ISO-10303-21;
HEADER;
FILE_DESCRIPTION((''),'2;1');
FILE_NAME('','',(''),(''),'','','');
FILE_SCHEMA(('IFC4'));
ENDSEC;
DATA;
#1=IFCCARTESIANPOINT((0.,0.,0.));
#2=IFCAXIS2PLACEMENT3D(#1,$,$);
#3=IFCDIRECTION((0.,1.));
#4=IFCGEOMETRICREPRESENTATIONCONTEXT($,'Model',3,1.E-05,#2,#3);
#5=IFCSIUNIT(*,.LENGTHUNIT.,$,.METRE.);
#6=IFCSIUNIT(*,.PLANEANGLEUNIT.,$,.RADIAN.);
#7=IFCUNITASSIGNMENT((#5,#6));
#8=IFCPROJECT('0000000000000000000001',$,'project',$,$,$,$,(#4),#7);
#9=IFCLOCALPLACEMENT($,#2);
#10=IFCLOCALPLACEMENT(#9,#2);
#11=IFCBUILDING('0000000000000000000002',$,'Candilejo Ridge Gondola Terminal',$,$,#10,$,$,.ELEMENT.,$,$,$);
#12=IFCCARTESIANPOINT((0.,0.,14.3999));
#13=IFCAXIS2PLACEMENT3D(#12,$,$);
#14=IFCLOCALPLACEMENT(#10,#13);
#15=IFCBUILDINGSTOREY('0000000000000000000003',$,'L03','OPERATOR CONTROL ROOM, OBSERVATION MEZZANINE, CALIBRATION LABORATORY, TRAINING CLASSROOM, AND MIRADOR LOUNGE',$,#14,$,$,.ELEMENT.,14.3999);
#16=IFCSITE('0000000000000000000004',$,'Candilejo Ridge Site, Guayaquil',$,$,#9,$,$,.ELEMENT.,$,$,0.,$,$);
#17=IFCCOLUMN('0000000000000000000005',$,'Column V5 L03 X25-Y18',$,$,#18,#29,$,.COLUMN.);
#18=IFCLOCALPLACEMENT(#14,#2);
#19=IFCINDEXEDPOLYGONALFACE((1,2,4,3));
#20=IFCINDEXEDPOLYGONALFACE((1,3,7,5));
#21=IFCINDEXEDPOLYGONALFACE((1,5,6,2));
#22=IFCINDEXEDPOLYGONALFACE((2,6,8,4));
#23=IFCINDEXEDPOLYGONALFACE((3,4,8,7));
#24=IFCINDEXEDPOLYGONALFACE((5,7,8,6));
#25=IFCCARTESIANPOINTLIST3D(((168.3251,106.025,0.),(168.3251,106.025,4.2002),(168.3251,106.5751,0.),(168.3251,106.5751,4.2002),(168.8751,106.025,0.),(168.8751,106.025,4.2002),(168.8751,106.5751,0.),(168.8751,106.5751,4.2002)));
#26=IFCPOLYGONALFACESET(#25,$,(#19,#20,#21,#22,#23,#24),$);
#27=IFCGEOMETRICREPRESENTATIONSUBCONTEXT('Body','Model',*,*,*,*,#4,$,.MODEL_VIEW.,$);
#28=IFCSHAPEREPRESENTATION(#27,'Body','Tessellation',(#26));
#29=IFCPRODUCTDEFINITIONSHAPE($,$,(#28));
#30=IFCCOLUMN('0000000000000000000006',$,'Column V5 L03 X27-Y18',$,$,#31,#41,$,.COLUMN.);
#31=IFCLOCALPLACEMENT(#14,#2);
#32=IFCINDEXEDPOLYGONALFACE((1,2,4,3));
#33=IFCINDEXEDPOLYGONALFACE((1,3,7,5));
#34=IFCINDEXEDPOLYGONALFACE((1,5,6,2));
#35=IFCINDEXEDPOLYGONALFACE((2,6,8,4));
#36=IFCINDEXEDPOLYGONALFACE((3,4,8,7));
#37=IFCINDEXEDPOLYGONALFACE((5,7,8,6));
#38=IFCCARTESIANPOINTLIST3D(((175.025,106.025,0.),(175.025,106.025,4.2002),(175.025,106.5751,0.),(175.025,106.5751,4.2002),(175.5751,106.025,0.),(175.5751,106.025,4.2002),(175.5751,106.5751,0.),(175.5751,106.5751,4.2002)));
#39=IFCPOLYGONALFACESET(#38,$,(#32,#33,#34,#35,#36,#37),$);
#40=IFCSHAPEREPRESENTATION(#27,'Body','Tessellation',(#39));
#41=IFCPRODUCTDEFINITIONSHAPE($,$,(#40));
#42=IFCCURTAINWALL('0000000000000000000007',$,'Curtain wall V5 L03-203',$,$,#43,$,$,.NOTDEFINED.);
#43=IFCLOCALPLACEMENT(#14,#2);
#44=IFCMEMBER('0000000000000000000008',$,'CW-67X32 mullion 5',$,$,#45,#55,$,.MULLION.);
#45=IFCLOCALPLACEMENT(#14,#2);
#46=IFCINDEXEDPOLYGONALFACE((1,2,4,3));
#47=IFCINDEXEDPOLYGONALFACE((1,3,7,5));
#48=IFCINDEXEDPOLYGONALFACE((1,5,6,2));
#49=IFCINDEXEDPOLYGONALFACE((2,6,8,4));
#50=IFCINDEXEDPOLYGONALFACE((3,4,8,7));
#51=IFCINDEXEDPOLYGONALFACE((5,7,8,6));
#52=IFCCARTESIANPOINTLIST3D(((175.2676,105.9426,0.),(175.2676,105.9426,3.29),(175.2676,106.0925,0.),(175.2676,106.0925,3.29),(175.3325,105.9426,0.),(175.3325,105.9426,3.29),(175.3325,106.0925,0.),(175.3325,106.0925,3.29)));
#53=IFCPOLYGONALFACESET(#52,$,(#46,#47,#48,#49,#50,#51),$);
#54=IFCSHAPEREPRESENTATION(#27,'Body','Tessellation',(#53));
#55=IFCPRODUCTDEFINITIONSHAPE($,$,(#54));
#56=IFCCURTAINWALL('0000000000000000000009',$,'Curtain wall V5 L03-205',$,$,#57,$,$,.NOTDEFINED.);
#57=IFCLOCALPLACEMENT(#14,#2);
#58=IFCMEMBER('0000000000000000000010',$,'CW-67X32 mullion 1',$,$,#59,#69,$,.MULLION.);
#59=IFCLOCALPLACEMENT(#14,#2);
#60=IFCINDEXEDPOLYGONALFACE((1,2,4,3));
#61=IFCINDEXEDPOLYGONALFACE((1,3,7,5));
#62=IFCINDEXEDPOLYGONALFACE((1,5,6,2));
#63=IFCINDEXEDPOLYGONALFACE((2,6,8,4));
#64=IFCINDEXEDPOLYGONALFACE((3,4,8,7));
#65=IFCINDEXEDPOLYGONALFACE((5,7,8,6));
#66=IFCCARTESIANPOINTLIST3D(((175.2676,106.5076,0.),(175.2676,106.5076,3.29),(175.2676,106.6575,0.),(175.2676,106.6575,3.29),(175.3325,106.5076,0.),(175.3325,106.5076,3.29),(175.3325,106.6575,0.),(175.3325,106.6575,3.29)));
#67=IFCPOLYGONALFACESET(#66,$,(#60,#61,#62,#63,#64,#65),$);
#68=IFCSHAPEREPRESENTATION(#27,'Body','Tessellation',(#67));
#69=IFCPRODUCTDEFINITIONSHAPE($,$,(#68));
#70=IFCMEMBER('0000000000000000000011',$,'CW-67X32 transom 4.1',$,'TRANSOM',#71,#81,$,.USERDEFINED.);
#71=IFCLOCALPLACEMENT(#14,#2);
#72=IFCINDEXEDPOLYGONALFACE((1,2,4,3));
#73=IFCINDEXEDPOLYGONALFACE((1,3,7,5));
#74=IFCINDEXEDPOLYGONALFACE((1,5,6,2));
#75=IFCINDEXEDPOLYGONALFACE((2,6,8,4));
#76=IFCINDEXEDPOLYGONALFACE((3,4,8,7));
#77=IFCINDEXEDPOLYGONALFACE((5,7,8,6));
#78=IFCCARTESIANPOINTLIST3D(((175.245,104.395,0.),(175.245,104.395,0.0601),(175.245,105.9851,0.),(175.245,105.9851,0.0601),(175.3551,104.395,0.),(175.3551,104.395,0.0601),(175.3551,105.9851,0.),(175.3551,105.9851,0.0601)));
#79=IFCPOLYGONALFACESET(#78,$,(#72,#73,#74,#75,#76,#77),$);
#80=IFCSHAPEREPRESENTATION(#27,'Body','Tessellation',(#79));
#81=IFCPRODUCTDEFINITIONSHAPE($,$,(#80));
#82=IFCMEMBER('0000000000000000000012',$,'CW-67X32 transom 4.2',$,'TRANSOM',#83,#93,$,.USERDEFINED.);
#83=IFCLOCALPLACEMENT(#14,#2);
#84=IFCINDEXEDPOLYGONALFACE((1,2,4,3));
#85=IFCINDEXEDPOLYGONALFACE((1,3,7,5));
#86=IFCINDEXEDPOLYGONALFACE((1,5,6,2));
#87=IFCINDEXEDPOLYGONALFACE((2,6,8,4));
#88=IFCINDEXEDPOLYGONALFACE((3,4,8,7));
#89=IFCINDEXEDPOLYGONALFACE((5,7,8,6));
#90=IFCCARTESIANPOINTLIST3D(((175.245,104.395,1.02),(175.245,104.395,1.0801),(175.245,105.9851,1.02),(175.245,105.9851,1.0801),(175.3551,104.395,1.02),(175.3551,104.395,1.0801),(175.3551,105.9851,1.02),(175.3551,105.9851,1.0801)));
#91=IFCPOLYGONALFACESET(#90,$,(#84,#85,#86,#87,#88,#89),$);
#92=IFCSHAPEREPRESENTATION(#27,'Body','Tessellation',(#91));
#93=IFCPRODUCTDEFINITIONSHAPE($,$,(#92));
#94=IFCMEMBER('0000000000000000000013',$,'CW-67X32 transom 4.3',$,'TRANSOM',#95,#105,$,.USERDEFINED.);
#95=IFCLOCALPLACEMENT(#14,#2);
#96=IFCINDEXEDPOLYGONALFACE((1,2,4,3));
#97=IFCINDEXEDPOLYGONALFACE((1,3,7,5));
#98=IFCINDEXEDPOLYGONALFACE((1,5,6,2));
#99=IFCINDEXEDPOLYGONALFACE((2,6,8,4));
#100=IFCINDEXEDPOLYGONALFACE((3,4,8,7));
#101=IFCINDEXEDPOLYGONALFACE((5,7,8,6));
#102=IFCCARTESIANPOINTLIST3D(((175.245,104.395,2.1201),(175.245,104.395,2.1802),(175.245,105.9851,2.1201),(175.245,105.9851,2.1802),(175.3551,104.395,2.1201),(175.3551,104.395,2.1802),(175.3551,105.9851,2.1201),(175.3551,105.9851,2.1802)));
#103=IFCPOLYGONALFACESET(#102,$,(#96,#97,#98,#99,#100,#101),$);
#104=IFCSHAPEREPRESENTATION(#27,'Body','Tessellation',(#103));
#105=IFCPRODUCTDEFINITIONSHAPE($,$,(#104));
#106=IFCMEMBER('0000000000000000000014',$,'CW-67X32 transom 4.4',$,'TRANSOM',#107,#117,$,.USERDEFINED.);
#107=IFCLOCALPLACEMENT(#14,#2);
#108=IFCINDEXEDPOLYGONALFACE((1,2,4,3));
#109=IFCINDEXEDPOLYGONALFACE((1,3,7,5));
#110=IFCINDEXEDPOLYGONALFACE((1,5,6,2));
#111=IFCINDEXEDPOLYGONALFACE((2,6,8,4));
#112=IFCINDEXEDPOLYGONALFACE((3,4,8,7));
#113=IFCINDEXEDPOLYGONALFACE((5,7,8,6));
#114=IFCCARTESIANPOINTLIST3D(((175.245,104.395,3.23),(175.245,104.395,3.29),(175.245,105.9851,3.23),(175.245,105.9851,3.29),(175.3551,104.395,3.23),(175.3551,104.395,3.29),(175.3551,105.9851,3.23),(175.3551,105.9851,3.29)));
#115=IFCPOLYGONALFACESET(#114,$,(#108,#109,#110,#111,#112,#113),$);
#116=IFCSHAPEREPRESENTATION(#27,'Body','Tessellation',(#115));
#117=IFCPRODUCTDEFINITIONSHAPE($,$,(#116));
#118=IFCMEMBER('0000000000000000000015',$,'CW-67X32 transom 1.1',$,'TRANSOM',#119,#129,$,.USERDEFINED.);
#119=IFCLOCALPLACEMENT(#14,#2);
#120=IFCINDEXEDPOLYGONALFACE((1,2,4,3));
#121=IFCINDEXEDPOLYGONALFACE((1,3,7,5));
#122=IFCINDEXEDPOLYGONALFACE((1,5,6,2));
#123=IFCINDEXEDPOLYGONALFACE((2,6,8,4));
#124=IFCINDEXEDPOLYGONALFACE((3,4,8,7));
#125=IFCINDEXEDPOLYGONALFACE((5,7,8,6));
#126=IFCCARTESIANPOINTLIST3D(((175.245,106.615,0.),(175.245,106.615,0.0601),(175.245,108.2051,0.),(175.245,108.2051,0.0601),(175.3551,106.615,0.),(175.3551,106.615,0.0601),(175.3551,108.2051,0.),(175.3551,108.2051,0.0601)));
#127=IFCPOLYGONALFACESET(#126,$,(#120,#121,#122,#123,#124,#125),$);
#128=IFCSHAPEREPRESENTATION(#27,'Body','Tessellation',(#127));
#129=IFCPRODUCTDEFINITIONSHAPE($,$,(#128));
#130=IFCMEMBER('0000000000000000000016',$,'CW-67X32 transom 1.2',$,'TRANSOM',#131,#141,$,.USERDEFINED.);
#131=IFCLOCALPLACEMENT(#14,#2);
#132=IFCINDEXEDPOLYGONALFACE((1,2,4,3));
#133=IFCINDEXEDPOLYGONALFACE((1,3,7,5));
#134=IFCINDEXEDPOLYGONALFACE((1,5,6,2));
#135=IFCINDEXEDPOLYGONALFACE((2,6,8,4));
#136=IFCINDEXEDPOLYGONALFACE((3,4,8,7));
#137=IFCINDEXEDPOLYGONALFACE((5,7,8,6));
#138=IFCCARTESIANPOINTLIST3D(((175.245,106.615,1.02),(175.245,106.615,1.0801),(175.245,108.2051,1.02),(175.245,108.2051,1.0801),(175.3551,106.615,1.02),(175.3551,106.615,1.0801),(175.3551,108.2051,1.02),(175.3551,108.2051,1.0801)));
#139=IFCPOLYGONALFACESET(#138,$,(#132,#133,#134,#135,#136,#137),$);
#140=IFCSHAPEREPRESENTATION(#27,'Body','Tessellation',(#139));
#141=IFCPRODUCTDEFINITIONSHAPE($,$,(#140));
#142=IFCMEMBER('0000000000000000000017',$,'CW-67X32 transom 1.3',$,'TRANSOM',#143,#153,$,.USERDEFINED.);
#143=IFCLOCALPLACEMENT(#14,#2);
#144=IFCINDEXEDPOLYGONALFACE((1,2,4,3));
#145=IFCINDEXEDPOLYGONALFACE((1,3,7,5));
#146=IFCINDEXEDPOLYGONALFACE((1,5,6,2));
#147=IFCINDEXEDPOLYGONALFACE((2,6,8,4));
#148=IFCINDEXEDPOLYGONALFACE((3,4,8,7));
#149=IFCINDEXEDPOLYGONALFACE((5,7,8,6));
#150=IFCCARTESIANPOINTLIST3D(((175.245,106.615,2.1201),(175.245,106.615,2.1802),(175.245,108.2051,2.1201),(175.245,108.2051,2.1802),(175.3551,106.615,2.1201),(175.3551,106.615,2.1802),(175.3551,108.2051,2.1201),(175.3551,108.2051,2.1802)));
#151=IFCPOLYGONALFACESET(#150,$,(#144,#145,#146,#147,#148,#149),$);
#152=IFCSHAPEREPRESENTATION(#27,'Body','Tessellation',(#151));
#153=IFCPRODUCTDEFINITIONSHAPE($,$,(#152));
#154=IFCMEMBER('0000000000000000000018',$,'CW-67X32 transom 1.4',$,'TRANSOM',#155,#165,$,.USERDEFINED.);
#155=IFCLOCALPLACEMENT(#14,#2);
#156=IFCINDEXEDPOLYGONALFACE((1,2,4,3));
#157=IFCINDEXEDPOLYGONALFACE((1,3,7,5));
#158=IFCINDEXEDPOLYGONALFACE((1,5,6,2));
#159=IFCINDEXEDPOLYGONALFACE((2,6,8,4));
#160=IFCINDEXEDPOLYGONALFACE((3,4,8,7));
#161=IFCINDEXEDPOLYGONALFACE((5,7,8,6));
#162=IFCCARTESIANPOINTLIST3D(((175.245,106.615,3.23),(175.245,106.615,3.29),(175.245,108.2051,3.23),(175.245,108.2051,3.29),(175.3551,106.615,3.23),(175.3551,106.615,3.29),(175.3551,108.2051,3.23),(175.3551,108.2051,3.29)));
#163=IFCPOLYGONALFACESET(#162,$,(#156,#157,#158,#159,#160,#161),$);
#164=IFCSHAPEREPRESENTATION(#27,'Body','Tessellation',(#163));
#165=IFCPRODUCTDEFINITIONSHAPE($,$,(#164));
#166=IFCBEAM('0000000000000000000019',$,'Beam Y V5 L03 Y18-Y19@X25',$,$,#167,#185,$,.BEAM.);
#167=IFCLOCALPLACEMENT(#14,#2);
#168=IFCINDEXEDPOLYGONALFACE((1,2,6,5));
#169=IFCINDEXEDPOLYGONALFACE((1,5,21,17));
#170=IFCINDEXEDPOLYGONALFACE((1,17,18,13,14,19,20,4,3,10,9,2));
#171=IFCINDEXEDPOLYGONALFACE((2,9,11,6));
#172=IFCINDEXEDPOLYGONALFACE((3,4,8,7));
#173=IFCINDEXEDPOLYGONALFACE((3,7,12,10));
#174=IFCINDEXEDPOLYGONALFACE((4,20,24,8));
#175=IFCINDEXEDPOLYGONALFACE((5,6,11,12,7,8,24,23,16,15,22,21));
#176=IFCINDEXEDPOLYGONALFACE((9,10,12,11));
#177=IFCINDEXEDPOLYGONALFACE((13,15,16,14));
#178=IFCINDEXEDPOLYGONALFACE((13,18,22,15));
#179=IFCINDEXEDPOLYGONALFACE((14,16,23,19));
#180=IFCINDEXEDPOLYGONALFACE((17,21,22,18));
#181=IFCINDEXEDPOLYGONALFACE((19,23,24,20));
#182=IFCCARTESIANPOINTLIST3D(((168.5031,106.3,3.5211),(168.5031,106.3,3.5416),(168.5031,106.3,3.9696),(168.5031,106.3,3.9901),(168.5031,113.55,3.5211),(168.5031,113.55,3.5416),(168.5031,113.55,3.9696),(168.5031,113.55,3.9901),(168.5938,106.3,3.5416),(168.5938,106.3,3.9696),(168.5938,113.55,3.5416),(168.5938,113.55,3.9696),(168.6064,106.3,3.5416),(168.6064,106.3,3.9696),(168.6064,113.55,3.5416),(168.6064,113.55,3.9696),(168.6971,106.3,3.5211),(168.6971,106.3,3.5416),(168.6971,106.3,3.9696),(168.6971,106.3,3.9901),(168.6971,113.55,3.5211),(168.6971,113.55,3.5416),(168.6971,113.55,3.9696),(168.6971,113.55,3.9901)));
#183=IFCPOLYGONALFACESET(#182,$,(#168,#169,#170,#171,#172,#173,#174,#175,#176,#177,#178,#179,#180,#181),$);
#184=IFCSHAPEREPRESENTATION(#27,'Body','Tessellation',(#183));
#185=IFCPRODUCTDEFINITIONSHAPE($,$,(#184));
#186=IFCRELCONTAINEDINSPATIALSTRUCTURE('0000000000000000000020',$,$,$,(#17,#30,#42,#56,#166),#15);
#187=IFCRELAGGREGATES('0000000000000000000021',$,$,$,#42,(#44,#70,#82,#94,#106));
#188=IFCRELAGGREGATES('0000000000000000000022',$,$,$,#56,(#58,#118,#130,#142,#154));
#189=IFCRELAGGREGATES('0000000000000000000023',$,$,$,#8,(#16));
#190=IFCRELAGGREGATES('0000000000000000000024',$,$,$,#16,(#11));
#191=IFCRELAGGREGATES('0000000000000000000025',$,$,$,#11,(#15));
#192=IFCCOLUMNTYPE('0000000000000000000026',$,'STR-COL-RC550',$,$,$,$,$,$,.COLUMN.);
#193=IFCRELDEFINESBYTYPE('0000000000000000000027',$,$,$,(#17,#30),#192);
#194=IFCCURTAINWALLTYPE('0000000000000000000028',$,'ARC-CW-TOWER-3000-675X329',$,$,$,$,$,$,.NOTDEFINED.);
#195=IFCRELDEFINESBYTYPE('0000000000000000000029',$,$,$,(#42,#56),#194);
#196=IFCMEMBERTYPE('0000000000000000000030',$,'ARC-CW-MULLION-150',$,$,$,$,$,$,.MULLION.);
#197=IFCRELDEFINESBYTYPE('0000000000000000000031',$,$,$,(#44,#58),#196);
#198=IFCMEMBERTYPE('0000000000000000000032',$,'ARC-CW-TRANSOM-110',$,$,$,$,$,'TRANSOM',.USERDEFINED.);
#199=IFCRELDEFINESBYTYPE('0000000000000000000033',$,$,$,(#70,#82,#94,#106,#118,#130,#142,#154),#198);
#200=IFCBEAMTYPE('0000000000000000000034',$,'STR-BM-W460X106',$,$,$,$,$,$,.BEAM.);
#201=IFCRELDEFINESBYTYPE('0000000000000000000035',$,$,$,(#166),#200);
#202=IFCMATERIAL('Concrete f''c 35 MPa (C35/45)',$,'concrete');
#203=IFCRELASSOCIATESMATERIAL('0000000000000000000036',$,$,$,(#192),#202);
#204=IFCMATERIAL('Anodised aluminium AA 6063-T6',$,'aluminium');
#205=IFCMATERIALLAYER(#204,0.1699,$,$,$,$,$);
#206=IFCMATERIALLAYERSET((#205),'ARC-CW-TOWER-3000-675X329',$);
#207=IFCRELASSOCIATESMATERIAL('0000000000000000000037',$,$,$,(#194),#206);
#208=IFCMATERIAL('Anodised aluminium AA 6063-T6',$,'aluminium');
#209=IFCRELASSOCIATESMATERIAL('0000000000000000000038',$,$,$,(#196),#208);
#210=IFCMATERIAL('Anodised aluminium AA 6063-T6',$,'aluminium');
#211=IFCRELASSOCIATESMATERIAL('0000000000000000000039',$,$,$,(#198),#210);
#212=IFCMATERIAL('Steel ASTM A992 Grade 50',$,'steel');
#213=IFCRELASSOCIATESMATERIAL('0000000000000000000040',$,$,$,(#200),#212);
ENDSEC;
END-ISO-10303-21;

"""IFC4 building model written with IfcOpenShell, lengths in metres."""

from ifc_helpers import new_model, si_unit, direction, frame, origin, origin_2d, place, context, subcontext, project, spatial, rectangle, i_section, extrude, material, layer, layer_set, material_profile, profile_set, type_object, element, aggregate, save


model = new_model("IFC4")

# Units and contexts
model_context = context("Model", 3, precision=1e-05, world=origin(), true_north=direction((0.0, 1.0)))
body_context = subcontext(model_context, "Body", "Model", "MODEL_VIEW")
ifc_project = project(units=[si_unit("LENGTHUNIT", "METRE"), si_unit("PLANEANGLEUNIT", "RADIAN")], contexts=[model_context])

# Site, building, storey
site_placement = place(None, origin())
site = spatial("IfcSite", under=ifc_project, at=site_placement, Name="Candilejo Ridge Site, Guayaquil", CompositionType="ELEMENT", RefElevation=0.0)
building_placement = place(site_placement, origin())
building = spatial("IfcBuilding", under=site, at=building_placement, Name="Candilejo Ridge Gondola Terminal", CompositionType="ELEMENT")
storey_placement = place(building_placement, frame((0.0, 0.0, 14.3999)))
storey = spatial("IfcBuildingStorey", under=building, at=storey_placement, Name="L03", Description="OPERATOR CONTROL ROOM, OBSERVATION MEZZANINE, CALIBRATION LABORATORY, TRAINING CLASSROOM, AND MIRADOR LOUNGE", CompositionType="ELEMENT", Elevation=14.3999)

# Columns
ifc_material_1 = material(Name="Concrete f'c 35 MPa (C35/45)", Category="concrete")
ifc_material_profile_1 = material_profile(ifc_material_1, rectangle(XDim=0.55, YDim=0.55, at=origin_2d()))
ifc_profile_set_1 = profile_set([ifc_material_profile_1], Name="Concrete f'c 35 MPa (C35/45)")
column_type = type_object("IfcColumnType", Name="STR-COL-RC550", PredefinedType="COLUMN", material=ifc_profile_set_1)
for number, where, z_axis, x_axis, name in (
    (1, (168.6001, 106.3, 0.0), (0.0, 0.0, 1.0), (1.0, 0.0, 0.0), "Column V5 L03 X25-Y18"),
    (2, (175.3, 106.3, 0.0), (0.0, 0.0, 1.0), (1.0, 0.0, 0.0), "Column V5 L03 X27-Y18"),
):
    element("IfcColumn", number, at=place(storey_placement, frame(where, z_axis=z_axis, x_axis=x_axis)), inside=storey, type_object=column_type, Name=name, PredefinedType="COLUMN", context=body_context, shape_type="SweptSolid", body=[
        extrude(rectangle(XDim=0.55, YDim=0.55, at=origin_2d()), origin(), (0.0, 0.0, 1.0), 4.2002),
    ])

# Curtain walls, members
ifc_material_2 = material(Name="Anodised aluminium AA 6063-T6", Category="aluminium")
ifc_layer_1 = layer(ifc_material_2, 0.1699)
ifc_layer_set_1 = layer_set([ifc_layer_1], Name="ARC-CW-TOWER-3000-675X329")
curtain_wall_type = type_object("IfcCurtainWallType", Name="ARC-CW-TOWER-3000-675X329", PredefinedType="NOTDEFINED", material=ifc_layer_set_1)
curtain_wall_1_placement = place(storey_placement, origin())
curtain_wall_1 = element("IfcCurtainWall", 3, at=curtain_wall_1_placement, inside=storey, type_object=curtain_wall_type, Name="Curtain wall V5 L03-203", PredefinedType="NOTDEFINED")
ifc_material_3 = material(Name="Anodised aluminium AA 6063-T6", Category="aluminium")
ifc_material_profile_2 = material_profile(ifc_material_3, rectangle(XDim=0.0649, YDim=0.1499, at=origin_2d()))
ifc_profile_set_2 = profile_set([ifc_material_profile_2], Name="Anodised aluminium AA 6063-T6")
member_type_1 = type_object("IfcMemberType", Name="ARC-CW-MULLION-150", PredefinedType="MULLION", material=ifc_profile_set_2)
member_1_placement = place(storey_placement, frame((175.3, 106.0176, 0.0), z_axis=(0.0, 0.0, 1.0), x_axis=(-1.0, 0.0, 0.0)))
member_1 = element("IfcMember", 4, at=member_1_placement, type_object=member_type_1, Name="CW-67X32 mullion 5", PredefinedType="MULLION", context=body_context, shape_type="SweptSolid", body=[
    extrude(rectangle(XDim=0.0649, YDim=0.1499, at=origin_2d()), origin(), (0.0, 0.0, 1.0), 3.29),
])
curtain_wall_2_placement = place(storey_placement, origin())
curtain_wall_2 = element("IfcCurtainWall", 5, at=curtain_wall_2_placement, inside=storey, type_object=curtain_wall_type, Name="Curtain wall V5 L03-205", PredefinedType="NOTDEFINED")
member_2_placement = place(storey_placement, frame((175.3, 106.5825, 0.0), z_axis=(0.0, 0.0, 1.0), x_axis=(-1.0, 0.0, 0.0)))
member_2 = element("IfcMember", 6, at=member_2_placement, type_object=member_type_1, Name="CW-67X32 mullion 1", PredefinedType="MULLION", context=body_context, shape_type="SweptSolid", body=[
    extrude(rectangle(XDim=0.0649, YDim=0.1499, at=origin_2d()), origin(), (0.0, 0.0, 1.0), 3.29),
])

# Members
ifc_material_4 = material(Name="Anodised aluminium AA 6063-T6", Category="aluminium")
ifc_material_profile_3 = material_profile(ifc_material_4, rectangle(XDim=0.1101, YDim=0.0601, at=origin_2d()))
ifc_profile_set_3 = profile_set([ifc_material_profile_3], Name="Anodised aluminium AA 6063-T6")
member_type_2 = type_object("IfcMemberType", Name="ARC-CW-TRANSOM-110", ElementType="TRANSOM", PredefinedType="USERDEFINED", material=ifc_profile_set_3)
member_3_placement = place(storey_placement, frame((175.3, 104.395, 0.03), z_axis=(0.0, 1.0, 0.0), x_axis=(-1.0, 0.0, 0.0)))
member_3 = element("IfcMember", 7, at=member_3_placement, type_object=member_type_2, Name="CW-67X32 transom 4.1", ObjectType="TRANSOM", PredefinedType="USERDEFINED", context=body_context, shape_type="SweptSolid", body=[
    extrude(rectangle(XDim=0.1101, YDim=0.0601, at=origin_2d()), origin(), (0.0, 0.0, 1.0), 1.5901),
])
member_4_placement = place(storey_placement, frame((175.3, 104.395, 1.05), z_axis=(0.0, 1.0, 0.0), x_axis=(-1.0, 0.0, 0.0)))
member_4 = element("IfcMember", 8, at=member_4_placement, type_object=member_type_2, Name="CW-67X32 transom 4.2", ObjectType="TRANSOM", PredefinedType="USERDEFINED", context=body_context, shape_type="SweptSolid", body=[
    extrude(rectangle(XDim=0.1101, YDim=0.0601, at=origin_2d()), origin(), (0.0, 0.0, 1.0), 1.5901),
])
member_5_placement = place(storey_placement, frame((175.3, 104.395, 2.1501), z_axis=(0.0, 1.0, 0.0), x_axis=(-1.0, 0.0, 0.0)))
member_5 = element("IfcMember", 9, at=member_5_placement, type_object=member_type_2, Name="CW-67X32 transom 4.3", ObjectType="TRANSOM", PredefinedType="USERDEFINED", context=body_context, shape_type="SweptSolid", body=[
    extrude(rectangle(XDim=0.1101, YDim=0.0601, at=origin_2d()), origin(), (0.0, 0.0, 1.0), 1.5901),
])
member_6_placement = place(storey_placement, frame((175.3, 104.395, 3.26), z_axis=(0.0, 1.0, 0.0), x_axis=(-1.0, 0.0, 0.0)))
member_6 = element("IfcMember", 10, at=member_6_placement, type_object=member_type_2, Name="CW-67X32 transom 4.4", ObjectType="TRANSOM", PredefinedType="USERDEFINED", context=body_context, shape_type="SweptSolid", body=[
    extrude(rectangle(XDim=0.1101, YDim=0.0601, at=origin_2d()), origin(), (0.0, 0.0, 1.0), 1.5901),
])
member_7_placement = place(storey_placement, frame((175.3, 106.615, 0.03), z_axis=(0.0, 1.0, 0.0), x_axis=(-1.0, 0.0, 0.0)))
member_7 = element("IfcMember", 11, at=member_7_placement, type_object=member_type_2, Name="CW-67X32 transom 1.1", ObjectType="TRANSOM", PredefinedType="USERDEFINED", context=body_context, shape_type="SweptSolid", body=[
    extrude(rectangle(XDim=0.1101, YDim=0.0601, at=origin_2d()), origin(), (0.0, 0.0, 1.0), 1.5901),
])
member_8_placement = place(storey_placement, frame((175.3, 106.615, 1.05), z_axis=(0.0, 1.0, 0.0), x_axis=(-1.0, 0.0, 0.0)))
member_8 = element("IfcMember", 12, at=member_8_placement, type_object=member_type_2, Name="CW-67X32 transom 1.2", ObjectType="TRANSOM", PredefinedType="USERDEFINED", context=body_context, shape_type="SweptSolid", body=[
    extrude(rectangle(XDim=0.1101, YDim=0.0601, at=origin_2d()), origin(), (0.0, 0.0, 1.0), 1.5901),
])
member_9_placement = place(storey_placement, frame((175.3, 106.615, 2.1501), z_axis=(0.0, 1.0, 0.0), x_axis=(-1.0, 0.0, 0.0)))
member_9 = element("IfcMember", 13, at=member_9_placement, type_object=member_type_2, Name="CW-67X32 transom 1.3", ObjectType="TRANSOM", PredefinedType="USERDEFINED", context=body_context, shape_type="SweptSolid", body=[
    extrude(rectangle(XDim=0.1101, YDim=0.0601, at=origin_2d()), origin(), (0.0, 0.0, 1.0), 1.5901),
])
member_10_placement = place(storey_placement, frame((175.3, 106.615, 3.26), z_axis=(0.0, 1.0, 0.0), x_axis=(-1.0, 0.0, 0.0)))
member_10 = element("IfcMember", 14, at=member_10_placement, type_object=member_type_2, Name="CW-67X32 transom 1.4", ObjectType="TRANSOM", PredefinedType="USERDEFINED", context=body_context, shape_type="SweptSolid", body=[
    extrude(rectangle(XDim=0.1101, YDim=0.0601, at=origin_2d()), origin(), (0.0, 0.0, 1.0), 1.5901),
])

# Beam
ifc_material_5 = material(Name="Steel ASTM A992 Grade 50", Category="steel")
ifc_material_profile_4 = material_profile(ifc_material_5, i_section(OverallWidth=0.1941, OverallDepth=0.469, WebThickness=0.0127, FlangeThickness=0.0205, at=origin_2d()))
ifc_profile_set_4 = profile_set([ifc_material_profile_4], Name="Steel ASTM A992 Grade 50")
beam_type_1 = type_object("IfcBeamType", Name="STR-BM-W460X106", PredefinedType="BEAM", material=ifc_profile_set_4)
beam_1_placement = place(storey_placement, frame((168.6001, 106.3, 3.7556), z_axis=(0.0, 1.0, 0.0), x_axis=(-1.0, 0.0, 0.0)))
element("IfcBeam", 15, at=beam_1_placement, inside=storey, type_object=beam_type_1, Name="Beam Y V5 L03 Y18-Y19@X25", PredefinedType="BEAM", context=body_context, shape_type="SweptSolid", body=[
    extrude(i_section(OverallWidth=0.1941, OverallDepth=0.469, WebThickness=0.0127, FlangeThickness=0.0205, at=origin_2d()), origin(), (0.0, 0.0, 1.0), 7.25),
])

aggregate(curtain_wall_1, [member_1, member_3, member_4, member_5, member_6])
aggregate(curtain_wall_2, [member_2, member_7, member_8, member_9, member_10])

save(model, "model.ifc")
